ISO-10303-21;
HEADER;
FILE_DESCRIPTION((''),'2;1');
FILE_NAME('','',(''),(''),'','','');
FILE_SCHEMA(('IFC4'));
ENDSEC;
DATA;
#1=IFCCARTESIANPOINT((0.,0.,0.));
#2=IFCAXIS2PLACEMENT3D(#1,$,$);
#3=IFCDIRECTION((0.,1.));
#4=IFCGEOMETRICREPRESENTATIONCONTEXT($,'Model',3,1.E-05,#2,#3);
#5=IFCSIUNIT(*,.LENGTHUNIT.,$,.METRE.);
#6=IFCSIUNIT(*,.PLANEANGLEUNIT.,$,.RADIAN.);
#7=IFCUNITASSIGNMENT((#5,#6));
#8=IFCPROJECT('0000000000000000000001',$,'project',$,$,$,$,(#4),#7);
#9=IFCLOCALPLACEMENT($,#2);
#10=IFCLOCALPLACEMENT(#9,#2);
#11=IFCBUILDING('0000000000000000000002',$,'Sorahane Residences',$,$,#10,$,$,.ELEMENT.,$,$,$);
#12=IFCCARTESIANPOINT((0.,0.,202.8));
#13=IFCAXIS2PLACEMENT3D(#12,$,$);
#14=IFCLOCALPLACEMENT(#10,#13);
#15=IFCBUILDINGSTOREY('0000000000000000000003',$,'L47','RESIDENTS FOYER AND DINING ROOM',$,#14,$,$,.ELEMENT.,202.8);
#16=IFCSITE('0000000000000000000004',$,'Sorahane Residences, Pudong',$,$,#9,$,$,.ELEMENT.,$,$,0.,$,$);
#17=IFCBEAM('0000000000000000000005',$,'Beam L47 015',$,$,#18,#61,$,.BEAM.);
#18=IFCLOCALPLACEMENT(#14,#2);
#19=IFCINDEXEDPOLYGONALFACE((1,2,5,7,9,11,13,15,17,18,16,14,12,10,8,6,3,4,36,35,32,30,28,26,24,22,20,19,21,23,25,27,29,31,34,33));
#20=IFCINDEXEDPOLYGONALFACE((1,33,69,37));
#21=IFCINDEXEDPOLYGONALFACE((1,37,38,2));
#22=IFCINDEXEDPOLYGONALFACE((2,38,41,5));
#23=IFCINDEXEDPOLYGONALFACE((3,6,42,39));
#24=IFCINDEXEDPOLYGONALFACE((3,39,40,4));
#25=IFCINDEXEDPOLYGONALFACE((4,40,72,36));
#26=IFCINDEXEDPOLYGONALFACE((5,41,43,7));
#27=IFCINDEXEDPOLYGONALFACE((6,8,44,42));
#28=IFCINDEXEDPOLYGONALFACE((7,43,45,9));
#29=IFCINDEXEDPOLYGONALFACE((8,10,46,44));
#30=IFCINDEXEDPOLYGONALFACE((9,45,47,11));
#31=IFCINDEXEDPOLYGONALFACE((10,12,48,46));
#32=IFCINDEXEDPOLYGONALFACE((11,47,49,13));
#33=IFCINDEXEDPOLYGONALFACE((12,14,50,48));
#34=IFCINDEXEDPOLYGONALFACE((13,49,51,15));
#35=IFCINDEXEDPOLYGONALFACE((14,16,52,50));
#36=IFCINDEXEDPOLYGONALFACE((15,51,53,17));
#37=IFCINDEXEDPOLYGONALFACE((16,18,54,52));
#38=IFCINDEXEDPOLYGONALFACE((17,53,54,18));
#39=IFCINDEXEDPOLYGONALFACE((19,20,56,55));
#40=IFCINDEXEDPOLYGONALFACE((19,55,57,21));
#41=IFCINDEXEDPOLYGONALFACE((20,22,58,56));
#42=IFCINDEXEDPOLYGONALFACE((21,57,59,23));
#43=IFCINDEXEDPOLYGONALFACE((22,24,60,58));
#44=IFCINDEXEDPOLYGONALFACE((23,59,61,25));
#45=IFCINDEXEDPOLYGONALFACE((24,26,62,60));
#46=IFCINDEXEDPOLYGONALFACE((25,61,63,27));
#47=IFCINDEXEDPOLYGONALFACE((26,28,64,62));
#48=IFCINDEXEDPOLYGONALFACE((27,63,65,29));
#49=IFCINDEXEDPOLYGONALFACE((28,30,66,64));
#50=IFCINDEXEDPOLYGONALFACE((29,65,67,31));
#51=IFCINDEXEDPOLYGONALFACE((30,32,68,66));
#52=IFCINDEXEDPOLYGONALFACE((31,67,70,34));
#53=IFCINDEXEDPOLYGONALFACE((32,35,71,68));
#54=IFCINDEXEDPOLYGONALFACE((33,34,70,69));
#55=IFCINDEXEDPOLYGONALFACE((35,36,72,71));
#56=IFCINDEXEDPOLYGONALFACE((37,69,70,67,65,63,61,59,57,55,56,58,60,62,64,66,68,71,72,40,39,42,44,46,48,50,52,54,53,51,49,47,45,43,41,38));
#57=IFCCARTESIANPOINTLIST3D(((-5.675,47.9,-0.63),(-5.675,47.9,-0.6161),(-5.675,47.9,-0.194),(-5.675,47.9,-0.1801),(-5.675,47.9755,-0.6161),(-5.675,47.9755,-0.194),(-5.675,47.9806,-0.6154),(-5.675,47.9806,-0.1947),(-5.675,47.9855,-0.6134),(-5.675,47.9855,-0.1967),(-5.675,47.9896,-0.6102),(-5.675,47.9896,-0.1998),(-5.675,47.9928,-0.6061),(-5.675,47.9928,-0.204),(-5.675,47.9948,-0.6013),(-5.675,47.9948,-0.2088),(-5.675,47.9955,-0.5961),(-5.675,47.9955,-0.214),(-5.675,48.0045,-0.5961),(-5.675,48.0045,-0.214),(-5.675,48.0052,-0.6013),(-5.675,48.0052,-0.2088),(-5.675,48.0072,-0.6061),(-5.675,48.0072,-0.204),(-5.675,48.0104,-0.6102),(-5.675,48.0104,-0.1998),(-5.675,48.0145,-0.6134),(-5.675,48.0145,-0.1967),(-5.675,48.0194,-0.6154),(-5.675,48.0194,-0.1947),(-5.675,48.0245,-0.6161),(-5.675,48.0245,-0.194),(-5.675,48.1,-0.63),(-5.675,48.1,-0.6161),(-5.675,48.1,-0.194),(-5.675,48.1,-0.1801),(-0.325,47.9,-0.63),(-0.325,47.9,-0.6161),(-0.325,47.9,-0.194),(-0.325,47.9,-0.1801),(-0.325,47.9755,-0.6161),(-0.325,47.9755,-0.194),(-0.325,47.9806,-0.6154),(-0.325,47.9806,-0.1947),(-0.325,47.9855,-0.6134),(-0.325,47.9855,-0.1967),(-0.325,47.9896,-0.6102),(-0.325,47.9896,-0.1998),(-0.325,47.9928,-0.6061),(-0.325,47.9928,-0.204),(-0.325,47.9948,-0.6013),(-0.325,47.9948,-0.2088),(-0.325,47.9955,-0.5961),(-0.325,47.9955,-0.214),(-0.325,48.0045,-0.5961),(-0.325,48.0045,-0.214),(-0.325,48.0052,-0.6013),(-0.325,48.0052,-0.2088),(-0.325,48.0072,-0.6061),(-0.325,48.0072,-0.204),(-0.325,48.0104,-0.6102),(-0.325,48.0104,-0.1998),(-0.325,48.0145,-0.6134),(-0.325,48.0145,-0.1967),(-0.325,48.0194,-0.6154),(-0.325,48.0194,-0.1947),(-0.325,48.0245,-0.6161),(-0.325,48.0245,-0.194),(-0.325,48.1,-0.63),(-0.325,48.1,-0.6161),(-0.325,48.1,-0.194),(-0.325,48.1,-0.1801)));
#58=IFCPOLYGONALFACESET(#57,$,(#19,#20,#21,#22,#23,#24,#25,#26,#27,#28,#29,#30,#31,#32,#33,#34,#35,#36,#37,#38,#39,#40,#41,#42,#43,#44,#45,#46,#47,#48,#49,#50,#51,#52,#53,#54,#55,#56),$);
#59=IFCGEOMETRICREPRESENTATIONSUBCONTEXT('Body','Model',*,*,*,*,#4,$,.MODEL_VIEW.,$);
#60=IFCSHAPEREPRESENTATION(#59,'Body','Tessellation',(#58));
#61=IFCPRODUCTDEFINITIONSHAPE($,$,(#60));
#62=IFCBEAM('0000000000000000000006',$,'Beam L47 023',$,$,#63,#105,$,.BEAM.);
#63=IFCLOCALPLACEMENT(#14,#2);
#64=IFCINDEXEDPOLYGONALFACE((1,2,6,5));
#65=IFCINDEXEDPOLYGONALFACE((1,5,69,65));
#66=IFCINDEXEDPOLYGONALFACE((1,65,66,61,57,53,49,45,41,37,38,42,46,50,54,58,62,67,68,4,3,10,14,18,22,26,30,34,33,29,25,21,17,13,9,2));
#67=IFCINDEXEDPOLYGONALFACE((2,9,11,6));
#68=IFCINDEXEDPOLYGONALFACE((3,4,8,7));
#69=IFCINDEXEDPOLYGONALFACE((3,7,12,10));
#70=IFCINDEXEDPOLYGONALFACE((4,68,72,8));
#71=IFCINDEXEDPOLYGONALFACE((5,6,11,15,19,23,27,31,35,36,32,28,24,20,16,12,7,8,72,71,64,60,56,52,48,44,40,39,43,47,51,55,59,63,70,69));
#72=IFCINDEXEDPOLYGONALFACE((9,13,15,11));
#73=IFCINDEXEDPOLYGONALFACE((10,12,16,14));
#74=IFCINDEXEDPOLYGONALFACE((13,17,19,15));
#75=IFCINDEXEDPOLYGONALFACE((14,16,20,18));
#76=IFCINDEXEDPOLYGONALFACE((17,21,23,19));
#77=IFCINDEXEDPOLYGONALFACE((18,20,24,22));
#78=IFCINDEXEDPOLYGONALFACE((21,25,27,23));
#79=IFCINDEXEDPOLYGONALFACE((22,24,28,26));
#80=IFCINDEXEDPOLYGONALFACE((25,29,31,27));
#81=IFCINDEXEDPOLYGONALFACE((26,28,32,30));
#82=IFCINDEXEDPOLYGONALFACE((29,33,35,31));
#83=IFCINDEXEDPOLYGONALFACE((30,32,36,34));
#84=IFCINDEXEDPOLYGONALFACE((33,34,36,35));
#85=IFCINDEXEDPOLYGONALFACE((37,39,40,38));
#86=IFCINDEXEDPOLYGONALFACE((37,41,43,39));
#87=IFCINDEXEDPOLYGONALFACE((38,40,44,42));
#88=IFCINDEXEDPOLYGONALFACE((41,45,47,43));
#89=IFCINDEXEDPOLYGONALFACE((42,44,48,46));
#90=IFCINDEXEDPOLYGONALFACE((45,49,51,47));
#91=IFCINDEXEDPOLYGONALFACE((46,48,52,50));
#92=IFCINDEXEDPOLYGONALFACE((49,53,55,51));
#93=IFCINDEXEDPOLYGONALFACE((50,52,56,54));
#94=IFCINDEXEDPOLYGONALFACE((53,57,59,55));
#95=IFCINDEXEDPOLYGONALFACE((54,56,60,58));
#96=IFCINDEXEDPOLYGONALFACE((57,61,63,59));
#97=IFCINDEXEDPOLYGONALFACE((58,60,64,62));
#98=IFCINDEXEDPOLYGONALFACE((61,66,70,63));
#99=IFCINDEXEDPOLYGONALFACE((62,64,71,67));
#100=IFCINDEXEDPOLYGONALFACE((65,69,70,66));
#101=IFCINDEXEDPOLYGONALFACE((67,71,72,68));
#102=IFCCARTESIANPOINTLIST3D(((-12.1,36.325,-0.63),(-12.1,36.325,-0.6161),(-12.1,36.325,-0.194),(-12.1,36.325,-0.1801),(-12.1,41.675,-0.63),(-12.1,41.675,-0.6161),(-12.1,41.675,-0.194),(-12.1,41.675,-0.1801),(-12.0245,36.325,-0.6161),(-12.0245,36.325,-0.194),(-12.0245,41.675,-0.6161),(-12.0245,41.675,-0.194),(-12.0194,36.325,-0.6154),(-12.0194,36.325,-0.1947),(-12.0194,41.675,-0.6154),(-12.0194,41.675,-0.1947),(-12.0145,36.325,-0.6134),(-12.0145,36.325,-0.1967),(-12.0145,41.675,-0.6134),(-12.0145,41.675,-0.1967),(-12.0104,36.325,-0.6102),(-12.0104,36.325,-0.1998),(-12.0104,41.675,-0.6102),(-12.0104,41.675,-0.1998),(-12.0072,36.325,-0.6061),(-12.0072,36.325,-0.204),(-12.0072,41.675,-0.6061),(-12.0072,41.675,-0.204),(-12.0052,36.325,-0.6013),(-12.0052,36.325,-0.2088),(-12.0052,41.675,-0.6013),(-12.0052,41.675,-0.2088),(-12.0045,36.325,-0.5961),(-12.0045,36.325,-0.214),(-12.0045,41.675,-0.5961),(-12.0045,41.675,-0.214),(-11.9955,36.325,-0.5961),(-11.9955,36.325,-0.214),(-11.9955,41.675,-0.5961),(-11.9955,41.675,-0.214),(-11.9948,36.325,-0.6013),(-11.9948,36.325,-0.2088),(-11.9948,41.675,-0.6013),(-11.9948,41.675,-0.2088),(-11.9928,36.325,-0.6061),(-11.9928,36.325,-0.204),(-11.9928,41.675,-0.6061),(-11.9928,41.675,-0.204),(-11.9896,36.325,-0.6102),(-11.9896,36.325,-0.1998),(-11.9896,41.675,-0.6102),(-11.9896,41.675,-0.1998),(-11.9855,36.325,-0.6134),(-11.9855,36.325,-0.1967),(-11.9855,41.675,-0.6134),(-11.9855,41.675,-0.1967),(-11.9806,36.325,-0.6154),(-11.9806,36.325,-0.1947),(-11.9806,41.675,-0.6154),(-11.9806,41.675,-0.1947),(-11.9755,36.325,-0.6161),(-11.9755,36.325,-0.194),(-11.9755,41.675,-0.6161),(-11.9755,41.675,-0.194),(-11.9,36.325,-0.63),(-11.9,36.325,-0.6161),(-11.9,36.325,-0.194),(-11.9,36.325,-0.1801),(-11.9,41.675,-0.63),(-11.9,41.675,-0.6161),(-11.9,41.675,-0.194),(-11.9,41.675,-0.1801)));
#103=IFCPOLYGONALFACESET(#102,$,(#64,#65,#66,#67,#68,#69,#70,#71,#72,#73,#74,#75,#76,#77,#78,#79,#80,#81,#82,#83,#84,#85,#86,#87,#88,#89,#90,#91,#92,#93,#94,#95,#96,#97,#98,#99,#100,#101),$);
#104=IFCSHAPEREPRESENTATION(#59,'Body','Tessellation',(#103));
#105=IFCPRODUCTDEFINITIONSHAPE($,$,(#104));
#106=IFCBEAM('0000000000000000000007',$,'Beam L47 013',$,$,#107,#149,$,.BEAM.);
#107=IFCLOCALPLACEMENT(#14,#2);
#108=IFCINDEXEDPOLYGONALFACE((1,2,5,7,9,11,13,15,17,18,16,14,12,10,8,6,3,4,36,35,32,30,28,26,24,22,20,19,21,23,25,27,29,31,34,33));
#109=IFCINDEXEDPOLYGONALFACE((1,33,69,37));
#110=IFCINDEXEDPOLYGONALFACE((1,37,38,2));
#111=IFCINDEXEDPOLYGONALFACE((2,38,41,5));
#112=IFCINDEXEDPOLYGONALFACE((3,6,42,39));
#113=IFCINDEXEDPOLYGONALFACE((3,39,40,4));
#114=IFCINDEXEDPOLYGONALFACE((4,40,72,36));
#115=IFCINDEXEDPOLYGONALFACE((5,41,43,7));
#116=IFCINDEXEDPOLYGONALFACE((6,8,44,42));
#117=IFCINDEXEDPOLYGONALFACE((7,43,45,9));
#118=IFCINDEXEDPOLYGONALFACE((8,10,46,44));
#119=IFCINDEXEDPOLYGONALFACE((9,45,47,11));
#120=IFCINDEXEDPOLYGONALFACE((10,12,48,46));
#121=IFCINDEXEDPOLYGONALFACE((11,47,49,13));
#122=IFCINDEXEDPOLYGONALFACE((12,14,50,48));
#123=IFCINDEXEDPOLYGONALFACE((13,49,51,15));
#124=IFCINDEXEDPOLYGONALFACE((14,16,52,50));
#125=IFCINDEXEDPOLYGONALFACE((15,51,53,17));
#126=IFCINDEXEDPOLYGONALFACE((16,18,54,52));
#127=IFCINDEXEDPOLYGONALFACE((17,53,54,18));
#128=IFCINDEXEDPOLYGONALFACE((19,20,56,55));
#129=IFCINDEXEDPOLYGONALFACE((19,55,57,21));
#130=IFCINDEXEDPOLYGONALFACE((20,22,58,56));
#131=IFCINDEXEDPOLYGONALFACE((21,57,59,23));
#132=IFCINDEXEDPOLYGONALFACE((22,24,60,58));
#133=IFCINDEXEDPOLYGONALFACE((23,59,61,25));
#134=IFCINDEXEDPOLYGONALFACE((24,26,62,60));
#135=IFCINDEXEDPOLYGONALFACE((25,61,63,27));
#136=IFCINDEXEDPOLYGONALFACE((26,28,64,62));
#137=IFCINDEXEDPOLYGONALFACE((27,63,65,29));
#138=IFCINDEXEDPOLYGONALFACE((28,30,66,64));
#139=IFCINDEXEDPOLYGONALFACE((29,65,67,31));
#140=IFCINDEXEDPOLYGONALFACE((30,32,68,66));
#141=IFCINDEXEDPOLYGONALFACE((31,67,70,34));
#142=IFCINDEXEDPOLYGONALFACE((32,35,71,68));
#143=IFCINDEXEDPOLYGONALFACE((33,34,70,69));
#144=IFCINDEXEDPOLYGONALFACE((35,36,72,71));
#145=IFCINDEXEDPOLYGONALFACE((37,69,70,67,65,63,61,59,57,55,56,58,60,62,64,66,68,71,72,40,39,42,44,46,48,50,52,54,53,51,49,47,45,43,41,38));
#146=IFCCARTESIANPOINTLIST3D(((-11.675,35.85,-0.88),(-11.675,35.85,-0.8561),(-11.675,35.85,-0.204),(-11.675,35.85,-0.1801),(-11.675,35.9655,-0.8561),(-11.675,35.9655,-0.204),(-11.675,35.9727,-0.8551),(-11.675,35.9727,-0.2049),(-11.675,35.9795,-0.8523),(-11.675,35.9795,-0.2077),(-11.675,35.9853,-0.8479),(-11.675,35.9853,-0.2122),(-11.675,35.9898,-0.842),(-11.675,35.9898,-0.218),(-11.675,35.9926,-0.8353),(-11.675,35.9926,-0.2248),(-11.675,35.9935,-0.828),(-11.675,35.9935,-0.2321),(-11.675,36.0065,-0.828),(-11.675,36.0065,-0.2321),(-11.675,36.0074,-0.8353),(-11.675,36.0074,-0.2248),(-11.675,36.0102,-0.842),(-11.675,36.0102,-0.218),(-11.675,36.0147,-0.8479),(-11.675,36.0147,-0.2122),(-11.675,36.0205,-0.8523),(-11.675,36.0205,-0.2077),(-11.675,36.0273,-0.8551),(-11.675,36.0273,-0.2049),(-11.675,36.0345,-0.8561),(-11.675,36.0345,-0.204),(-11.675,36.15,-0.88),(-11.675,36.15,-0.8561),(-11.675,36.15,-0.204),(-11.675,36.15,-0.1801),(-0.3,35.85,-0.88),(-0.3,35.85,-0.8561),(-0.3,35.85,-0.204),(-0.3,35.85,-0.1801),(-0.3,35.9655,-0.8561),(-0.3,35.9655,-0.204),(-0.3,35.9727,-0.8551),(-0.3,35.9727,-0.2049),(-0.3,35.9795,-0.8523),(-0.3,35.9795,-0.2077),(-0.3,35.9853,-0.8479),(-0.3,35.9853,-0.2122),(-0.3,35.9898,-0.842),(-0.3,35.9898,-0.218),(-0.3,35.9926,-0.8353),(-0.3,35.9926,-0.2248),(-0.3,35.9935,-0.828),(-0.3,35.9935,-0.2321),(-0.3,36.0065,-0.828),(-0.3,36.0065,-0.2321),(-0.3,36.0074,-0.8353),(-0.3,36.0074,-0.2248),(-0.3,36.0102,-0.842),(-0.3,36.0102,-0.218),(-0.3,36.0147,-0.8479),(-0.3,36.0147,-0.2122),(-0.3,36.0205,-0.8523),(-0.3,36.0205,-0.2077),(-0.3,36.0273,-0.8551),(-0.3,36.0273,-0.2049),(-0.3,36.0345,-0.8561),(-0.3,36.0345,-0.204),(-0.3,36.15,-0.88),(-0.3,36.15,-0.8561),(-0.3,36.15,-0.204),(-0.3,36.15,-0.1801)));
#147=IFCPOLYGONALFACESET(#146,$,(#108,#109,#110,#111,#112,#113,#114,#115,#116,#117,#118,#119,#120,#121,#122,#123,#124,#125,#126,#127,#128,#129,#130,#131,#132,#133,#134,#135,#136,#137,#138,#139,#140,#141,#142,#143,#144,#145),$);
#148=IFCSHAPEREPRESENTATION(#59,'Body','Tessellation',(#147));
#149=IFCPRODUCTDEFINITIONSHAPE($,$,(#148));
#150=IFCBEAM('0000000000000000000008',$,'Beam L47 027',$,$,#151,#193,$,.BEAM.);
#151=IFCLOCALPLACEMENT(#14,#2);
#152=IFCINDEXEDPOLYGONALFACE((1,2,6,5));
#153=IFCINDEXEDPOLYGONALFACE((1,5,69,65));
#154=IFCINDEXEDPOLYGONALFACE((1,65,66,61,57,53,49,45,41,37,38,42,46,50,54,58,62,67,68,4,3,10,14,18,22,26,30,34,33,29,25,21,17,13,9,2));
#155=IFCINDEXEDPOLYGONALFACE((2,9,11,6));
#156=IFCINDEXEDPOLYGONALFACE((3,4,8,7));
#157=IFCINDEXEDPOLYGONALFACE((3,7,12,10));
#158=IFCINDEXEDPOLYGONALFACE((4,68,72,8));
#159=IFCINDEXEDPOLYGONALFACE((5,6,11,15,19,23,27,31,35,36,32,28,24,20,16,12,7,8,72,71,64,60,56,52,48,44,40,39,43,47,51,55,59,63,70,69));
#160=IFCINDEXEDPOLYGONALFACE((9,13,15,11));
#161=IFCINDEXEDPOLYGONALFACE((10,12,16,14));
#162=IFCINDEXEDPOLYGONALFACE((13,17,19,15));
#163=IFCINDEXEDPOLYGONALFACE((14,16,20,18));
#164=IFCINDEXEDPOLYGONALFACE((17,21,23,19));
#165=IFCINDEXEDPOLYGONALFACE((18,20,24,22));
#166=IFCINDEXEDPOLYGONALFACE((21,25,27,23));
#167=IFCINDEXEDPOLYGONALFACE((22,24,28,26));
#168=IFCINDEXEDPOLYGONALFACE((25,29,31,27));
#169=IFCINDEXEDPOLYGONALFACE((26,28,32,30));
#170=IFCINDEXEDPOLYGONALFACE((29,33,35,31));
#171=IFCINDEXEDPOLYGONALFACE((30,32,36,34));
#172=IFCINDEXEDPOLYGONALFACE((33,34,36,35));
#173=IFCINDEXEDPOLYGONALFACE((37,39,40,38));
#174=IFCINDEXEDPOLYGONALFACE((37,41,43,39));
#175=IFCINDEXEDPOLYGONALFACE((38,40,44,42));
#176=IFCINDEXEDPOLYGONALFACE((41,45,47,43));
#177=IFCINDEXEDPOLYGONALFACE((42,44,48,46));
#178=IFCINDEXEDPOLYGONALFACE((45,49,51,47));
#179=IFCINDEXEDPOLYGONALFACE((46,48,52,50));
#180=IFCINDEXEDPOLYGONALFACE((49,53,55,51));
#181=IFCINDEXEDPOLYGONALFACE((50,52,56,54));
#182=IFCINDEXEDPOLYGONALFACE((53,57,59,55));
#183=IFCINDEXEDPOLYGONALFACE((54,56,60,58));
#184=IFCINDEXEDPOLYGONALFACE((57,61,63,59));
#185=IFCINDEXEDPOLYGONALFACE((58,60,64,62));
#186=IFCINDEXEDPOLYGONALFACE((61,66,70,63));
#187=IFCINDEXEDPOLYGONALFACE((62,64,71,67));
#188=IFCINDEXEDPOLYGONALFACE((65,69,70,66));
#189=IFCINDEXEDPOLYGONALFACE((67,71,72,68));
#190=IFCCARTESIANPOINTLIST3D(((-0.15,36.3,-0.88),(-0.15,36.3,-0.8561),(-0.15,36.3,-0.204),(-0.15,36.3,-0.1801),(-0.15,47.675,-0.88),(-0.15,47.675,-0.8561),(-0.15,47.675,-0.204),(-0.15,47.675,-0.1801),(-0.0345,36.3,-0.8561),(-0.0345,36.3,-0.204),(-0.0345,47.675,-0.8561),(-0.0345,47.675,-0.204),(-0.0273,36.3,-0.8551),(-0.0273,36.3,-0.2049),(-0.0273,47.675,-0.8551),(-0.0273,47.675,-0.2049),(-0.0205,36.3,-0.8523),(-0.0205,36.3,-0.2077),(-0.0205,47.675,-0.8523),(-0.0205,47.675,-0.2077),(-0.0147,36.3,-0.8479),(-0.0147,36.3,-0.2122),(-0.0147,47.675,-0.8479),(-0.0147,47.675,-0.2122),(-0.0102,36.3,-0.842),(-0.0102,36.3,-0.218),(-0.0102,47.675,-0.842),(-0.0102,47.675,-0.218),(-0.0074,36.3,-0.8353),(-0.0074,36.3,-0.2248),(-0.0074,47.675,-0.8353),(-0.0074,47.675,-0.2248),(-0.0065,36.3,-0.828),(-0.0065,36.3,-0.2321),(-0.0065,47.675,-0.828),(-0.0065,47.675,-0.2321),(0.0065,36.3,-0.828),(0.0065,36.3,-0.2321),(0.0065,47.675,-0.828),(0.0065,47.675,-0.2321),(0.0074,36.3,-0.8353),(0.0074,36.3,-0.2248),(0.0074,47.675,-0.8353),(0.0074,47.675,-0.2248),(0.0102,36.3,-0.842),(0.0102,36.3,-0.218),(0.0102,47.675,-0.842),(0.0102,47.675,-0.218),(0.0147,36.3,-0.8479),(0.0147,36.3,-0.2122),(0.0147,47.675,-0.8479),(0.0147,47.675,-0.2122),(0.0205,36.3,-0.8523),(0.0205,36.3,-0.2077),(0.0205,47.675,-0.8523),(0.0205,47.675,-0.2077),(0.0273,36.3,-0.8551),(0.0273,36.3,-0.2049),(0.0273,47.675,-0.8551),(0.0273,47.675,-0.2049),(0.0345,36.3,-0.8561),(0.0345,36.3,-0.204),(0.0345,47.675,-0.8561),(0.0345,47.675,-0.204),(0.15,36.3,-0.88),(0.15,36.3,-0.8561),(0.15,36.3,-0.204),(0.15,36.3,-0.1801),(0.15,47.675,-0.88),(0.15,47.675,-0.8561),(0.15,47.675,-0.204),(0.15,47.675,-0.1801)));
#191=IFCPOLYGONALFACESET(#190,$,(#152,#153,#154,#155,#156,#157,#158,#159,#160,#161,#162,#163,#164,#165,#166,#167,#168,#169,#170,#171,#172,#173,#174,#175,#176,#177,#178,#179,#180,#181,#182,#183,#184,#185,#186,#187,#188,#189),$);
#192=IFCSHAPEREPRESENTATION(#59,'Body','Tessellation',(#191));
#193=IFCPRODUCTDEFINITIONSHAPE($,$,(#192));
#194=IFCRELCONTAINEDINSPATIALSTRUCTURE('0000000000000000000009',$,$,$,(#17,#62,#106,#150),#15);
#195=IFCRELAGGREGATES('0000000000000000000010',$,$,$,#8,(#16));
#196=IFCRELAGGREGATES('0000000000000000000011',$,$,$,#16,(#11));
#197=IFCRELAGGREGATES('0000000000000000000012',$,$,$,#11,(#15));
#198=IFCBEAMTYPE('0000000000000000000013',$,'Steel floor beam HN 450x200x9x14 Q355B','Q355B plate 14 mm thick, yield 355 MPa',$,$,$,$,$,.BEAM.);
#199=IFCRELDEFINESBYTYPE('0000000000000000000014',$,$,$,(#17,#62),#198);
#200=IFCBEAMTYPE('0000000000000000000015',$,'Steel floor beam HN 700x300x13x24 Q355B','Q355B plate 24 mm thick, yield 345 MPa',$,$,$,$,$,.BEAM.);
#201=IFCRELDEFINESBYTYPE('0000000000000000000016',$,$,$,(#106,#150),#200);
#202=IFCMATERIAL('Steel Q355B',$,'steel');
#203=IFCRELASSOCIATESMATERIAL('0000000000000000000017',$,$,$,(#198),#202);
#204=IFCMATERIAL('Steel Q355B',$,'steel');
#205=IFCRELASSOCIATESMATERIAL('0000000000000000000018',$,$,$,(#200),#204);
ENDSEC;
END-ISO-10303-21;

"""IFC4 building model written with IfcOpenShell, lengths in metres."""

from ifc_helpers import new_model, si_unit, direction, frame, origin, origin_2d, place, context, subcontext, project, spatial, i_section, extrude, material, material_profile, profile_set, type_object, element, save


model = new_model("IFC4")

# Units and contexts
model_context = context("Model", 3, precision=1e-05, world=origin(), true_north=direction((0.0, 1.0)))
body_context = subcontext(model_context, "Body", "Model", "MODEL_VIEW")
ifc_project = project(units=[si_unit("LENGTHUNIT", "METRE"), si_unit("PLANEANGLEUNIT", "RADIAN")], contexts=[model_context])

# Site, building, storey
site_placement = place(None, origin())
site = spatial("IfcSite", under=ifc_project, at=site_placement, Name="Sorahane Residences, Pudong", CompositionType="ELEMENT", RefElevation=0.0)
building_placement = place(site_placement, origin())
building = spatial("IfcBuilding", under=site, at=building_placement, Name="Sorahane Residences", CompositionType="ELEMENT")
storey_placement = place(building_placement, frame((0.0, 0.0, 202.8)))
storey = spatial("IfcBuildingStorey", under=building, at=storey_placement, Name="L47", Description="RESIDENTS FOYER AND DINING ROOM", CompositionType="ELEMENT", Elevation=202.8)

# Beams
ifc_material_1 = material(Name="Steel Q355B", Category="steel")
ifc_material_profile_1 = material_profile(ifc_material_1, i_section(OverallWidth=0.2, OverallDepth=0.45, WebThickness=0.009, FlangeThickness=0.0139, FilletRadius=0.02, at=origin_2d()), Name="HN 450x200x9x14")
ifc_profile_set_1 = profile_set([ifc_material_profile_1], Name="Steel Q355B")
beam_type_1 = type_object("IfcBeamType", Name="Steel floor beam HN 450x200x9x14 Q355B", Description="Q355B plate 14 mm thick, yield 355 MPa", PredefinedType="BEAM", material=ifc_profile_set_1)
for number, where, z_axis, x_axis, name in (
    (1, (-5.675, 48.0, -0.405), (1.0, 0.0, 0.0), (0.0, 1.0, 0.0), "Beam L47 015"),
    (2, (-12.0, 36.325, -0.405), (0.0, 1.0, 0.0), (-1.0, 0.0, 0.0), "Beam L47 023"),
):
    element("IfcBeam", number, at=place(storey_placement, frame(where, z_axis=z_axis, x_axis=x_axis)), inside=storey, type_object=beam_type_1, Name=name, PredefinedType="BEAM", context=body_context, shape_type="SweptSolid", body=[
        extrude(i_section(OverallWidth=0.2, OverallDepth=0.45, WebThickness=0.009, FlangeThickness=0.0139, FilletRadius=0.02, at=origin_2d()), origin(), (0.0, 0.0, 1.0), 5.3501),
    ])
ifc_material_2 = material(Name="Steel Q355B", Category="steel")
ifc_material_profile_2 = material_profile(ifc_material_2, i_section(OverallWidth=0.3, OverallDepth=0.7, WebThickness=0.0129, FlangeThickness=0.0239, FilletRadius=0.0281, at=origin_2d()), Name="HN 700x300x13x24")
ifc_profile_set_2 = profile_set([ifc_material_profile_2], Name="Steel Q355B")
beam_type_2 = type_object("IfcBeamType", Name="Steel floor beam HN 700x300x13x24 Q355B", Description="Q355B plate 24 mm thick, yield 345 MPa", PredefinedType="BEAM", material=ifc_profile_set_2)
for number, where, z_axis, x_axis, name in (
    (3, (-11.675, 36.0, -0.53), (1.0, 0.0, 0.0), (0.0, 1.0, 0.0), "Beam L47 013"),
    (4, (0.0, 36.3, -0.53), (0.0, 1.0, 0.0), (-1.0, 0.0, 0.0), "Beam L47 027"),
):
    element("IfcBeam", number, at=place(storey_placement, frame(where, z_axis=z_axis, x_axis=x_axis)), inside=storey, type_object=beam_type_2, Name=name, PredefinedType="BEAM", context=body_context, shape_type="SweptSolid", body=[
        extrude(i_section(OverallWidth=0.3, OverallDepth=0.7, WebThickness=0.0129, FlangeThickness=0.0239, FilletRadius=0.0281, at=origin_2d()), origin(), (0.0, 0.0, 1.0), 11.375),
    ])

save(model, "model.ifc")
